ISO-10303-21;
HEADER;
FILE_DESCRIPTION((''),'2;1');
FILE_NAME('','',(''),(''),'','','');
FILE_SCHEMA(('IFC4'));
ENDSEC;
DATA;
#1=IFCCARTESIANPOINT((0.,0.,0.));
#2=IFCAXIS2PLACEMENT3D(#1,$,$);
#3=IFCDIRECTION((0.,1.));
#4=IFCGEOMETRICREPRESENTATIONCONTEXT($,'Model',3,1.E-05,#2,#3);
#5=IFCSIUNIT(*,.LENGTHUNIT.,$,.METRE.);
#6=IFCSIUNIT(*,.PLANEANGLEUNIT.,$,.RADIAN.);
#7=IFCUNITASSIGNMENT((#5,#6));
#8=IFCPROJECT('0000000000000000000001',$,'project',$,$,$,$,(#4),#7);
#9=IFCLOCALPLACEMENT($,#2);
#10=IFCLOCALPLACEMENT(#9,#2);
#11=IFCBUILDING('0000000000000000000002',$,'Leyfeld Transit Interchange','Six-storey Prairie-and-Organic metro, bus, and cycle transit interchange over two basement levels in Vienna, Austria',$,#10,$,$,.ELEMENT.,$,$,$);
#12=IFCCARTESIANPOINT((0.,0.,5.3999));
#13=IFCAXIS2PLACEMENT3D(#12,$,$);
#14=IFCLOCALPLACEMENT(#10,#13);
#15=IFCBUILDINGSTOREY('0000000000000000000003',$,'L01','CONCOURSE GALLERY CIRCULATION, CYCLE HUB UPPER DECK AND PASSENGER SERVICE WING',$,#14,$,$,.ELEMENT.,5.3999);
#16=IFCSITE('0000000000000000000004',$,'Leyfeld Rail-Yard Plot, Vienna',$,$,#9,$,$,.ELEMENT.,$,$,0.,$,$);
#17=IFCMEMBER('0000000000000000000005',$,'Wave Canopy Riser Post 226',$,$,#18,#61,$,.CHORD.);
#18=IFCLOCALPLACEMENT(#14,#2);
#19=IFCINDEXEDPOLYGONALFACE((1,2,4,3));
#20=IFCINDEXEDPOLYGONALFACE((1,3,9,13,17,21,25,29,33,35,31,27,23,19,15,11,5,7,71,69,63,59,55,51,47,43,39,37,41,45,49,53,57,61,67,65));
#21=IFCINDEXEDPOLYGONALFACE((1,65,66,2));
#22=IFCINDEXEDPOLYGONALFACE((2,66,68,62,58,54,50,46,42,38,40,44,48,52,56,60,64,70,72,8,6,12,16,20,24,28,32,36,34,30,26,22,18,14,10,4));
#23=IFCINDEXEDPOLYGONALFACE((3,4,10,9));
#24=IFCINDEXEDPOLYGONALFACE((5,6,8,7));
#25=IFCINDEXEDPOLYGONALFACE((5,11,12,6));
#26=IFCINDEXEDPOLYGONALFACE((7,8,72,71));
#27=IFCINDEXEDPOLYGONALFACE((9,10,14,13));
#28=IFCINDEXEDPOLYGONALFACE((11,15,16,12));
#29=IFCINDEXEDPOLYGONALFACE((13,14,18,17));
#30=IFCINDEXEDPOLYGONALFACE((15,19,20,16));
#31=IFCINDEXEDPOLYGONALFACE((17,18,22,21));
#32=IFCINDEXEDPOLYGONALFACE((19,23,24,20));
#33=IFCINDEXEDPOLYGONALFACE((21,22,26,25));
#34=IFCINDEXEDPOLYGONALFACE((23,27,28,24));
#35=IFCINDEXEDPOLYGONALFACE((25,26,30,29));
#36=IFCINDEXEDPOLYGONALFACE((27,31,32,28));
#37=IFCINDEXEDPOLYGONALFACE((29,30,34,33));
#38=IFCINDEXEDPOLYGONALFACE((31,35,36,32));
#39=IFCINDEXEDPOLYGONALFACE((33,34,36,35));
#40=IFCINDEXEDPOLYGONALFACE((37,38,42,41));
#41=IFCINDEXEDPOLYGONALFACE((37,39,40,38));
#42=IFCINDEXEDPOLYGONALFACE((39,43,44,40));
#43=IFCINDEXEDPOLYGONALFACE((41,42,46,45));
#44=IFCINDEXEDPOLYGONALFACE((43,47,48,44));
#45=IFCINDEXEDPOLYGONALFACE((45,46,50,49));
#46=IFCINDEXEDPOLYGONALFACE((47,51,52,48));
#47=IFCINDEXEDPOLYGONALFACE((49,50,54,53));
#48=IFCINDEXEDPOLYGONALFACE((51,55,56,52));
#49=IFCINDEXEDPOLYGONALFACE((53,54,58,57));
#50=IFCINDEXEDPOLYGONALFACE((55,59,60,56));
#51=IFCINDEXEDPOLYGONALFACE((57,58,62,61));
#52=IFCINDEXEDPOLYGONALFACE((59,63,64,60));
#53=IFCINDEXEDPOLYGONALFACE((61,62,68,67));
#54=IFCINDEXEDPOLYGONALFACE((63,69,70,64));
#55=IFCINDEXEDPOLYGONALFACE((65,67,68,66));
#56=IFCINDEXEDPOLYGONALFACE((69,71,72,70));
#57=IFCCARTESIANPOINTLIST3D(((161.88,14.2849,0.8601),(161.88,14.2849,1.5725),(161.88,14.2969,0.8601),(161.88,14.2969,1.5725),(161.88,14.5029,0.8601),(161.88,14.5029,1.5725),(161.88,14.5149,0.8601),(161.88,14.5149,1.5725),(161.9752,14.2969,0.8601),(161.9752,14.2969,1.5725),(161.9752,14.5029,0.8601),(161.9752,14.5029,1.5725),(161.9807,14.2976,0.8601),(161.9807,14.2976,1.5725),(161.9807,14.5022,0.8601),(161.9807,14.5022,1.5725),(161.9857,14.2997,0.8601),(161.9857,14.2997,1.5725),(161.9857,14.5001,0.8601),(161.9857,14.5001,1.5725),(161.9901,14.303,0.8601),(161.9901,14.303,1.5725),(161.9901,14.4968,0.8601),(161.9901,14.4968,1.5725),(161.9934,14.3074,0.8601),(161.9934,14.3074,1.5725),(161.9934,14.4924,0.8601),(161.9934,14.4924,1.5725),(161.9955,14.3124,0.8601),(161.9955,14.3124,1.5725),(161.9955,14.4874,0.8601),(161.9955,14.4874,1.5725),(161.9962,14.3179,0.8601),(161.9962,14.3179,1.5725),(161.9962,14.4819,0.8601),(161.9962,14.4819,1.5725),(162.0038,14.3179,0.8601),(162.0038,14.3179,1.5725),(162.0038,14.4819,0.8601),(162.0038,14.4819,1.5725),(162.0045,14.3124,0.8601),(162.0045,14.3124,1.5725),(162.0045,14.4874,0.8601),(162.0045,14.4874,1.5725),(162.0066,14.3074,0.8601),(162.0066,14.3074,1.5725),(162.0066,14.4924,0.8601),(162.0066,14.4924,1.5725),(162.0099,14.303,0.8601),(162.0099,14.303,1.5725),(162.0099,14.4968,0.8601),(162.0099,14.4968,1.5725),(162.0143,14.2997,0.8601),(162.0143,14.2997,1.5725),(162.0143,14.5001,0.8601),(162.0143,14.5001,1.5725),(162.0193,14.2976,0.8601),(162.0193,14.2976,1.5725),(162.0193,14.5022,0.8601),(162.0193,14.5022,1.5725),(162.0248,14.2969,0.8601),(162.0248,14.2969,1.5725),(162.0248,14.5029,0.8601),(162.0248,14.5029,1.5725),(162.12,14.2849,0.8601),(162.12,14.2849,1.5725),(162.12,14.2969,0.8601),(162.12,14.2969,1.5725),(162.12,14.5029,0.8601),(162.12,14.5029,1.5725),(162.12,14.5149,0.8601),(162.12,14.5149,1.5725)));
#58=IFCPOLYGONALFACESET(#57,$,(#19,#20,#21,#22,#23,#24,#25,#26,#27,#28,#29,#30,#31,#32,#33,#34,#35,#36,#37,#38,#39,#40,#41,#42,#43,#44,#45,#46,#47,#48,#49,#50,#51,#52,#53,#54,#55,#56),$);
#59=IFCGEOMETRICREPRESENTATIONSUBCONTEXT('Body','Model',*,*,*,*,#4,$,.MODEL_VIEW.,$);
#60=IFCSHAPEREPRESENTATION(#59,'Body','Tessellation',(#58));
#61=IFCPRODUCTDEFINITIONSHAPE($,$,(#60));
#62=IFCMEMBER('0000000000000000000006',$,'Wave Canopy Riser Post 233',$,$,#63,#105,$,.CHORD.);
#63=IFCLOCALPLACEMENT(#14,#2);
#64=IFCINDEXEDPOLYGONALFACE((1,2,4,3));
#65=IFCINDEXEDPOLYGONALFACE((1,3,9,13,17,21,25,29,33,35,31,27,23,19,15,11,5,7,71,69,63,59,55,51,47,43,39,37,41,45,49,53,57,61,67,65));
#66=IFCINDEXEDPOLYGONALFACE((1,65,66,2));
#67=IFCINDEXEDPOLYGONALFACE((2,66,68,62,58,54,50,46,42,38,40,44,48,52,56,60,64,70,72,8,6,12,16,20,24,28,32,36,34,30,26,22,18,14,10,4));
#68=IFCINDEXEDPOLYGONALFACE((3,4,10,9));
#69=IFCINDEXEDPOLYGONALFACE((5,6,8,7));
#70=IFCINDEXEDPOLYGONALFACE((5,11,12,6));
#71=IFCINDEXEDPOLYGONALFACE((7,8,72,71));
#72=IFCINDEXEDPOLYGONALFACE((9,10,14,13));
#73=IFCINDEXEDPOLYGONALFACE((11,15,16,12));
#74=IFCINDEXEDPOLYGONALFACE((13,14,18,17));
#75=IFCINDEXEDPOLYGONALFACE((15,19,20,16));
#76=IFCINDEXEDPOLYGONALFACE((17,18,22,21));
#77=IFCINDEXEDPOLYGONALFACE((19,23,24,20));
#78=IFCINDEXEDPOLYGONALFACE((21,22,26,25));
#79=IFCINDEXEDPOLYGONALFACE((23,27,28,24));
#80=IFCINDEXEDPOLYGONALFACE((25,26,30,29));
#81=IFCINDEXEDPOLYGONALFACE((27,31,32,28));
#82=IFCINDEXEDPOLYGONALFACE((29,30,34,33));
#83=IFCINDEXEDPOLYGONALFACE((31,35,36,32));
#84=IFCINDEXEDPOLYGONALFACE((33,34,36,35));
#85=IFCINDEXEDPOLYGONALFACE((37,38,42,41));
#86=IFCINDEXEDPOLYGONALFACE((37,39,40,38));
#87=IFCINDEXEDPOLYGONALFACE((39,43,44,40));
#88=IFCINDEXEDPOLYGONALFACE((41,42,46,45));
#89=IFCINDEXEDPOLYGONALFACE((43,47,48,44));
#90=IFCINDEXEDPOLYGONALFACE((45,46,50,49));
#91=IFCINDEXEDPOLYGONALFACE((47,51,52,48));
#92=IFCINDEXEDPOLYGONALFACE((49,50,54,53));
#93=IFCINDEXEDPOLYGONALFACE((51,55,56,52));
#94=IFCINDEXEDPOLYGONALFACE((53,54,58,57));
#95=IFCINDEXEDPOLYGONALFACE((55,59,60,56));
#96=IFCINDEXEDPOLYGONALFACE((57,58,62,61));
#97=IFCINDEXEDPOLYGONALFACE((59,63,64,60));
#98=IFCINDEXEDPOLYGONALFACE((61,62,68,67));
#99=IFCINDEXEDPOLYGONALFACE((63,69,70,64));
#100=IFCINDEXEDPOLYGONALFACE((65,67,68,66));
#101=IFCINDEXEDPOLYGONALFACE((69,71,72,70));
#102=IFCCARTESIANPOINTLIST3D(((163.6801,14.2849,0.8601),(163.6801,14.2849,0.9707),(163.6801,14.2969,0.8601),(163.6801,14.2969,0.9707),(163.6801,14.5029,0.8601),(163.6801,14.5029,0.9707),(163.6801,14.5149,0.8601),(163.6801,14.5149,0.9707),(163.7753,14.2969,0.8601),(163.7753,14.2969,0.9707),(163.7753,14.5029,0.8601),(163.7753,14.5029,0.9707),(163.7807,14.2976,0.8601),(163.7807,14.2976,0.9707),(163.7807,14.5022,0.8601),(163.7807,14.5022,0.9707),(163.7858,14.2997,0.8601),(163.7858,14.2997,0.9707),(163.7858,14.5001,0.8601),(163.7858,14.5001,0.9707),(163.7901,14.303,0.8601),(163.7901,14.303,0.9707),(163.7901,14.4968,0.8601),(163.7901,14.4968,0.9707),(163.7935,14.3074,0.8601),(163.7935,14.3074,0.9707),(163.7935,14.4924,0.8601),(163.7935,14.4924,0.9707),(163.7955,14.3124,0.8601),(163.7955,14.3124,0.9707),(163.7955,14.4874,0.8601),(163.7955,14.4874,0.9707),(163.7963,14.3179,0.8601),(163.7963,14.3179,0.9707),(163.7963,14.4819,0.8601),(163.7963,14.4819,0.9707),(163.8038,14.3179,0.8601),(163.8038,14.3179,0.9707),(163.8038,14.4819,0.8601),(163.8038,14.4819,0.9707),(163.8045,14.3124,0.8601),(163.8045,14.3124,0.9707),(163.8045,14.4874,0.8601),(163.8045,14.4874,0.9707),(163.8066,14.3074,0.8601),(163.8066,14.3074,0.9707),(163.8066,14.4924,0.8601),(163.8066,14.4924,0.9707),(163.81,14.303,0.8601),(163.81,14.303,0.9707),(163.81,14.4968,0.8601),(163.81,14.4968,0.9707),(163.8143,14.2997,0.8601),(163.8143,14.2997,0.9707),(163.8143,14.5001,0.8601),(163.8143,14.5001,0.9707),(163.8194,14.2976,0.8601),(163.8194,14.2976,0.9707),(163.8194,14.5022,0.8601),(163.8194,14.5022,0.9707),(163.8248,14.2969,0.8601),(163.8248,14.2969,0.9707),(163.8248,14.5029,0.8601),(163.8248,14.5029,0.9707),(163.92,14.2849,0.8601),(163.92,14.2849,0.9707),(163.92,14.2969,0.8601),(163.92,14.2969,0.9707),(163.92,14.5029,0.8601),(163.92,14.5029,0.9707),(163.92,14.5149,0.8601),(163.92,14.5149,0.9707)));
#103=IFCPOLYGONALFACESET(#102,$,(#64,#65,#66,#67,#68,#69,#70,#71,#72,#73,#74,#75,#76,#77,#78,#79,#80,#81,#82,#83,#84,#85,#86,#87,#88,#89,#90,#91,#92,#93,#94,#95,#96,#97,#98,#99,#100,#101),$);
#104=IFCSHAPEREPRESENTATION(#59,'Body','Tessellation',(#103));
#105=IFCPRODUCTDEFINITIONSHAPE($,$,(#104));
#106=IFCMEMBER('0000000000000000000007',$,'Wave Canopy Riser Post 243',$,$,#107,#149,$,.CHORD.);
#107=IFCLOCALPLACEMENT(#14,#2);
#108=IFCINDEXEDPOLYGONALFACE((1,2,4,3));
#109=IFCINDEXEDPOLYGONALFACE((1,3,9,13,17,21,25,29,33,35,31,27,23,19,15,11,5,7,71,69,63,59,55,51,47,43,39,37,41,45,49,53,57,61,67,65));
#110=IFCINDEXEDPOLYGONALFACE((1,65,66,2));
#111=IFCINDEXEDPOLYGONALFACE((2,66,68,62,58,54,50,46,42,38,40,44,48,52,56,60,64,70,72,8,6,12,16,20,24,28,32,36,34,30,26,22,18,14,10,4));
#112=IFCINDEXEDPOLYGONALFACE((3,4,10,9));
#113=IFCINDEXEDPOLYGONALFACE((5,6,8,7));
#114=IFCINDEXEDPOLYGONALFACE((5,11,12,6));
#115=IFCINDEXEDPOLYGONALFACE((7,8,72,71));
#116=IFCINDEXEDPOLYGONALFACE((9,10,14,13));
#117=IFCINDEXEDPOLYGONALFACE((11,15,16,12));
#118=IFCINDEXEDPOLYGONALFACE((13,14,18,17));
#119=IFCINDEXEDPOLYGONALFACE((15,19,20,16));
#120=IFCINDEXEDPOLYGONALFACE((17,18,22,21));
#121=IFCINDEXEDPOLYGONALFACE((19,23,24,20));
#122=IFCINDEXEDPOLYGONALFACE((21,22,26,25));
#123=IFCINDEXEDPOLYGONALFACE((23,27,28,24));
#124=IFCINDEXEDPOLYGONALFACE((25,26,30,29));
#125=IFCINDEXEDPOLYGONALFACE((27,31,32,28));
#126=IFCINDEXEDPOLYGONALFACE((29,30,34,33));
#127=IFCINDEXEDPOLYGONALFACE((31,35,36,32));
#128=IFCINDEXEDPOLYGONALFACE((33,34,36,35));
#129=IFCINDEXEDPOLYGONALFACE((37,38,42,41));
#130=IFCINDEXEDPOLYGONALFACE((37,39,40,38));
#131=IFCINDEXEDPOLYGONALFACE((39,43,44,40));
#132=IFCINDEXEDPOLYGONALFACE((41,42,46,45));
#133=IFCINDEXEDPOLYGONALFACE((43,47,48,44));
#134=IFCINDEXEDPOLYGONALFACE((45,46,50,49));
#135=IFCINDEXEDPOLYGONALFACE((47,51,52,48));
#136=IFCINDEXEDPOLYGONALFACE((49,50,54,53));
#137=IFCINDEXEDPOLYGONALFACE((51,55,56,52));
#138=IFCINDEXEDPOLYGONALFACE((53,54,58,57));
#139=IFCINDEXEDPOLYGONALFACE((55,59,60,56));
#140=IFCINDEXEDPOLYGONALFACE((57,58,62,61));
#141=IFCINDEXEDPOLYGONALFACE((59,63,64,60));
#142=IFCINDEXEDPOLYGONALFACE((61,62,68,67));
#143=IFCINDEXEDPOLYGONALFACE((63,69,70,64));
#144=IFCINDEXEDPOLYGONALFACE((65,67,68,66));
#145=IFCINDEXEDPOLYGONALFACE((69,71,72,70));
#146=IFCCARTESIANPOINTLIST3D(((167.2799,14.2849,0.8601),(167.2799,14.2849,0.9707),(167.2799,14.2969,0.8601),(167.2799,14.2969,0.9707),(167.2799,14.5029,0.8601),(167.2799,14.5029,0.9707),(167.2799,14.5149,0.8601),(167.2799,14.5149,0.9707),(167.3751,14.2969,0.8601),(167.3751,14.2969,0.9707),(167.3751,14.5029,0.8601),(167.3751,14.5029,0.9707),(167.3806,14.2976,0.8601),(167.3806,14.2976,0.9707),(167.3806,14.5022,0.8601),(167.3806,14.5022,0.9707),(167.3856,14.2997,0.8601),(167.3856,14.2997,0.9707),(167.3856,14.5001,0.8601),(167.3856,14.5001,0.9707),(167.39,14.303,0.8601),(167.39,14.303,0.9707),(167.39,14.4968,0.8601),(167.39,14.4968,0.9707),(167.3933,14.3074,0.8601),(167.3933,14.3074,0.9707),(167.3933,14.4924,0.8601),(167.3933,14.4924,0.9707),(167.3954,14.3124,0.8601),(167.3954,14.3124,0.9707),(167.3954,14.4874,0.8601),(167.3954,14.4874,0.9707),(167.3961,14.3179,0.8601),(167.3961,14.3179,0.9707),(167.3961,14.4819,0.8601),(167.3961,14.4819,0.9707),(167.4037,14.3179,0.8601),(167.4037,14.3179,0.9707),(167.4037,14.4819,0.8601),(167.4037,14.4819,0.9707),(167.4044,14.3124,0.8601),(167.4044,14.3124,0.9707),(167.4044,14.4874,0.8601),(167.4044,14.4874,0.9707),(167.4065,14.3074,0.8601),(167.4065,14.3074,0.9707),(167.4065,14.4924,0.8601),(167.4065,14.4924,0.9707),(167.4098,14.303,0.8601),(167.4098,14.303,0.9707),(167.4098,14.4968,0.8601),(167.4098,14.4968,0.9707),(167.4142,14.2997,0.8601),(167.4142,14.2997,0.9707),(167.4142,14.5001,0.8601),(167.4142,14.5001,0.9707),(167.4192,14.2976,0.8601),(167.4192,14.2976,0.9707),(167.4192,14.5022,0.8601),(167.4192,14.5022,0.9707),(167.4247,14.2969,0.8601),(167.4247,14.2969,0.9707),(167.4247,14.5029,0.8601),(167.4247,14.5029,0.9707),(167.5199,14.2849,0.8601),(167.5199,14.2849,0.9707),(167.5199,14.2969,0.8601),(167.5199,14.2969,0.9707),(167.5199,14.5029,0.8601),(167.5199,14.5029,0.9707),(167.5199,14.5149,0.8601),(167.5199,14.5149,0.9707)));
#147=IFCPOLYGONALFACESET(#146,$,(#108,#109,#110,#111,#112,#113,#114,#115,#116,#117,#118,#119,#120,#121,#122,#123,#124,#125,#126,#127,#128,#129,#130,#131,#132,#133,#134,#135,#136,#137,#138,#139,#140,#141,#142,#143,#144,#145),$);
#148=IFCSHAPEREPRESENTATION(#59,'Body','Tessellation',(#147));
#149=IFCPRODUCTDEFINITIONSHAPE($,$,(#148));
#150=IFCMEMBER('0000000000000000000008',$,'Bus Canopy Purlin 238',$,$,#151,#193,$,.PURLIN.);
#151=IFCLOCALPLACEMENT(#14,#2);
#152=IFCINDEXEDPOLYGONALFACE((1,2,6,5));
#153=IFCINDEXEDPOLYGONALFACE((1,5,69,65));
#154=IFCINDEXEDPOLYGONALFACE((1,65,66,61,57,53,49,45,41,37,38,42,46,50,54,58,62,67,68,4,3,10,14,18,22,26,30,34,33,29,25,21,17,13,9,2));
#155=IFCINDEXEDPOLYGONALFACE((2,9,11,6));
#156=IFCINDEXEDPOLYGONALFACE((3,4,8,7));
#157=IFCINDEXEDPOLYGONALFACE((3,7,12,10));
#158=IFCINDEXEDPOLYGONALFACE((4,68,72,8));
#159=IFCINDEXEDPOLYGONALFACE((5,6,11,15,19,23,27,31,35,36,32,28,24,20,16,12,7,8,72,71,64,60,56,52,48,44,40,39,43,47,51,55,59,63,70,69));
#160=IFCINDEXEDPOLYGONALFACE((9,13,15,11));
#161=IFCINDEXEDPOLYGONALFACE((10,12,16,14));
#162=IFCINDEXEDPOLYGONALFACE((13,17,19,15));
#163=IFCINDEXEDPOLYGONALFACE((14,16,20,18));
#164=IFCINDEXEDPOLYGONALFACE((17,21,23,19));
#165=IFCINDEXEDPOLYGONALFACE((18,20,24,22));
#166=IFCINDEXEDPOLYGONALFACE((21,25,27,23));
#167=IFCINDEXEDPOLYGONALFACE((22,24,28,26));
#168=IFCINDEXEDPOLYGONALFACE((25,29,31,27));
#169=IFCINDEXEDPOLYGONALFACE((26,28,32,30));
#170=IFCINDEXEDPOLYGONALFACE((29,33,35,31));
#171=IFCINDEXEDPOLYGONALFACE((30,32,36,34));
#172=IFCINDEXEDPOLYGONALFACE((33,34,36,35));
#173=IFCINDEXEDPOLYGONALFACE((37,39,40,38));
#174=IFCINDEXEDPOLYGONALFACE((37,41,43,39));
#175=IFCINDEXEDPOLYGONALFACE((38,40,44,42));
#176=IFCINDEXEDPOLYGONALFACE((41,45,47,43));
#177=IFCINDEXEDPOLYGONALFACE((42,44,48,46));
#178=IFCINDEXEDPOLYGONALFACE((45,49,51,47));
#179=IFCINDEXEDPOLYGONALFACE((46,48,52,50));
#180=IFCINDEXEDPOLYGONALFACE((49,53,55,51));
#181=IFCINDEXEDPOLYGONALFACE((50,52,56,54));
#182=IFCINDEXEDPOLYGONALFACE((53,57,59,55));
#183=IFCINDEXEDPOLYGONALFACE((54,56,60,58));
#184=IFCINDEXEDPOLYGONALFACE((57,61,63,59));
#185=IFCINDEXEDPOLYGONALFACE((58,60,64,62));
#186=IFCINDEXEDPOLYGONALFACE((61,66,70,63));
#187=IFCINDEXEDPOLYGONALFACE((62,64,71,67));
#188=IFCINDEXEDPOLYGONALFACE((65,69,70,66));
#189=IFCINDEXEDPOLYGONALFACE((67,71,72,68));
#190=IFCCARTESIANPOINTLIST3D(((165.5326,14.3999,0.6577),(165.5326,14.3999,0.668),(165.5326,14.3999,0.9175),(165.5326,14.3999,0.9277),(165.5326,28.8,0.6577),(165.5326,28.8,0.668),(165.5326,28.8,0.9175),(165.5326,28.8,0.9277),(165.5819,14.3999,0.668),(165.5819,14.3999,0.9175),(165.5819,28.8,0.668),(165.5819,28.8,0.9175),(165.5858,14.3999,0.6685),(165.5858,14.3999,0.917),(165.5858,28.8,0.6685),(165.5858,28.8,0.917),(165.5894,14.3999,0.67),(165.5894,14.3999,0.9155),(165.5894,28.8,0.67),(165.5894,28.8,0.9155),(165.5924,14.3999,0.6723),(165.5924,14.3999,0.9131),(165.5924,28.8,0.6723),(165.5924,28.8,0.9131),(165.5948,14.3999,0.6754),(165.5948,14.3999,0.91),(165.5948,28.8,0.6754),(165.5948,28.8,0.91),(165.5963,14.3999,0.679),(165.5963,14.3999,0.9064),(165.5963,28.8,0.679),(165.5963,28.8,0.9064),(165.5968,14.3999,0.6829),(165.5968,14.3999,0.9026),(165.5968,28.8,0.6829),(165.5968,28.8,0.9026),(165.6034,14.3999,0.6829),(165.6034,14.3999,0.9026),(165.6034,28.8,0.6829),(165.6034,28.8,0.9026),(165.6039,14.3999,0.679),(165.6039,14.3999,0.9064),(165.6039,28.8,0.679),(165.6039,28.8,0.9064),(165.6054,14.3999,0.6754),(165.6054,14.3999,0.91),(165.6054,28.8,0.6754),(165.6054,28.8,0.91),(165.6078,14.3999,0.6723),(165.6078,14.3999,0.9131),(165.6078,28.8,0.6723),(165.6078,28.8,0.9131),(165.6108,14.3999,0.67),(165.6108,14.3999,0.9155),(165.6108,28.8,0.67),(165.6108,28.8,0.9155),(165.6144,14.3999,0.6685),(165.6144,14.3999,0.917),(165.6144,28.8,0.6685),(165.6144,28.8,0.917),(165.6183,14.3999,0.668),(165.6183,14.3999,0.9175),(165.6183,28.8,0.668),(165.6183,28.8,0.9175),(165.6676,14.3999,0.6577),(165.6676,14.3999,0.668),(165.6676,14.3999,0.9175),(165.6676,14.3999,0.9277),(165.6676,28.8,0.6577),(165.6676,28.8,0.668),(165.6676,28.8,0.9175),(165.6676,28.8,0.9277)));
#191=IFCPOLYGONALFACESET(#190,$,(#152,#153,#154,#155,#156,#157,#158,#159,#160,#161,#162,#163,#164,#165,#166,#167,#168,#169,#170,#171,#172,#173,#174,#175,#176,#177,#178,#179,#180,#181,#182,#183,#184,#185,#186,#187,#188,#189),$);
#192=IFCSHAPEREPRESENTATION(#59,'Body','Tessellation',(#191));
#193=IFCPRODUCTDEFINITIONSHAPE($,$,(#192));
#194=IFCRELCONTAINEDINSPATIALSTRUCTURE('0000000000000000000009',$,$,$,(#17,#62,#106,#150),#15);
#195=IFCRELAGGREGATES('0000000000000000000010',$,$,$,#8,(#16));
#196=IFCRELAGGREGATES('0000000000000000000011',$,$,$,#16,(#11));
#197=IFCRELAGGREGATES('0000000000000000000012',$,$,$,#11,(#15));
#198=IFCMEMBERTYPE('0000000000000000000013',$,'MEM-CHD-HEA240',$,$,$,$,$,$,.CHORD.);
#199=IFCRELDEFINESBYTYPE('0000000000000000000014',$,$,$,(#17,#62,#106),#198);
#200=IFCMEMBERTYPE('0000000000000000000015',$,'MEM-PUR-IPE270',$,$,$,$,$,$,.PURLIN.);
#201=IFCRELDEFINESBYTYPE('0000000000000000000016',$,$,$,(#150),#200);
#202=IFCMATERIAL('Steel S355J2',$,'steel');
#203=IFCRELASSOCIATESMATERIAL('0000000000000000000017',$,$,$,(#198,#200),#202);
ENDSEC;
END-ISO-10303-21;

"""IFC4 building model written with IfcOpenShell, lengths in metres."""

from ifc_helpers import new_model, si_unit, direction, frame, origin, origin_2d, place, context, subcontext, project, spatial, i_section, extrude, material, material_profile, profile_set, type_object, element, save


model = new_model("IFC4")

# Units and contexts
model_context = context("Model", 3, precision=1e-05, world=origin(), true_north=direction((0.0, 1.0)))
body_context = subcontext(model_context, "Body", "Model", "MODEL_VIEW")
ifc_project = project(units=[si_unit("LENGTHUNIT", "METRE"), si_unit("PLANEANGLEUNIT", "RADIAN")], contexts=[model_context])

# Site, building, storey
site_placement = place(None, origin())
site = spatial("IfcSite", under=ifc_project, at=site_placement, Name="Leyfeld Rail-Yard Plot, Vienna", CompositionType="ELEMENT", RefElevation=0.0)
building_placement = place(site_placement, origin())
building = spatial("IfcBuilding", under=site, at=building_placement, Name="Leyfeld Transit Interchange", Description="Six-storey Prairie-and-Organic metro, bus, and cycle transit interchange over two basement levels in Vienna, Austria", CompositionType="ELEMENT")
storey_placement = place(building_placement, frame((0.0, 0.0, 5.3999)))
storey = spatial("IfcBuildingStorey", under=building, at=storey_placement, Name="L01", Description="CONCOURSE GALLERY CIRCULATION, CYCLE HUB UPPER DECK AND PASSENGER SERVICE WING", CompositionType="ELEMENT", Elevation=5.3999)

# Members
ifc_material_1 = material(Name="Steel S355J2", Category="steel")
ifc_material_profile_1 = material_profile(ifc_material_1, i_section(OverallWidth=0.24, OverallDepth=0.23, WebThickness=0.0076, FlangeThickness=0.012, FilletRadius=0.021, at=origin_2d()), Name="HEA 240")
ifc_profile_set_1 = profile_set([ifc_material_profile_1], Name="Steel S355J2")
member_type_1 = type_object("IfcMemberType", Name="MEM-CHD-HEA240", PredefinedType="CHORD", material=ifc_profile_set_1)
member_1_placement = place(storey_placement, frame((162.0, 14.3999, 0.8601), z_axis=(0.0, 0.0, 1.0), x_axis=(1.0, 0.0, 0.0)))
element("IfcMember", 1, at=member_1_placement, inside=storey, type_object=member_type_1, Name="Wave Canopy Riser Post 226", PredefinedType="CHORD", context=body_context, shape_type="SweptSolid", body=[
    extrude(i_section(OverallWidth=0.24, OverallDepth=0.23, WebThickness=0.0076, FlangeThickness=0.012, FilletRadius=0.021, at=origin_2d()), origin(), (0.0, 0.0, 1.0), 0.7124),
])
for number, where, z_axis, x_axis, name in (
    (2, (163.8, 14.3999, 0.8601), (0.0, 0.0, 1.0), (1.0, 0.0, 0.0), "Wave Canopy Riser Post 233"),
    (3, (167.3999, 14.3999, 0.8601), (0.0, 0.0, 1.0), (1.0, 0.0, 0.0), "Wave Canopy Riser Post 243"),
):
    element("IfcMember", number, at=place(storey_placement, frame(where, z_axis=z_axis, x_axis=x_axis)), inside=storey, type_object=member_type_1, Name=name, PredefinedType="CHORD", context=body_context, shape_type="SweptSolid", body=[
        extrude(i_section(OverallWidth=0.24, OverallDepth=0.23, WebThickness=0.0076, FlangeThickness=0.012, FilletRadius=0.021, at=origin_2d()), origin(), (0.0, 0.0, 1.0), 0.1106),
    ])
ifc_material_profile_2 = material_profile(ifc_material_1, i_section(OverallWidth=0.135, OverallDepth=0.27, WebThickness=0.0066, FlangeThickness=0.0103, FilletRadius=0.0149, at=origin_2d()), Name="IPE 270")
ifc_profile_set_2 = profile_set([ifc_material_profile_2], Name="Steel S355J2")
member_type_2 = type_object("IfcMemberType", Name="MEM-PUR-IPE270", PredefinedType="PURLIN", material=ifc_profile_set_2)
member_2_placement = place(storey_placement, frame((165.6001, 14.3999, 0.7927), z_axis=(0.0, 1.0, 0.0), x_axis=(-1.0, 0.0, 0.0)))
element("IfcMember", 4, at=member_2_placement, inside=storey, type_object=member_type_2, Name="Bus Canopy Purlin 238", PredefinedType="PURLIN", context=body_context, shape_type="SweptSolid", body=[
    extrude(i_section(OverallWidth=0.135, OverallDepth=0.27, WebThickness=0.0066, FlangeThickness=0.0103, FilletRadius=0.0149, at=origin_2d()), origin(), (0.0, 0.0, 1.0), 14.4001),
])

save(model, "model.ifc")
